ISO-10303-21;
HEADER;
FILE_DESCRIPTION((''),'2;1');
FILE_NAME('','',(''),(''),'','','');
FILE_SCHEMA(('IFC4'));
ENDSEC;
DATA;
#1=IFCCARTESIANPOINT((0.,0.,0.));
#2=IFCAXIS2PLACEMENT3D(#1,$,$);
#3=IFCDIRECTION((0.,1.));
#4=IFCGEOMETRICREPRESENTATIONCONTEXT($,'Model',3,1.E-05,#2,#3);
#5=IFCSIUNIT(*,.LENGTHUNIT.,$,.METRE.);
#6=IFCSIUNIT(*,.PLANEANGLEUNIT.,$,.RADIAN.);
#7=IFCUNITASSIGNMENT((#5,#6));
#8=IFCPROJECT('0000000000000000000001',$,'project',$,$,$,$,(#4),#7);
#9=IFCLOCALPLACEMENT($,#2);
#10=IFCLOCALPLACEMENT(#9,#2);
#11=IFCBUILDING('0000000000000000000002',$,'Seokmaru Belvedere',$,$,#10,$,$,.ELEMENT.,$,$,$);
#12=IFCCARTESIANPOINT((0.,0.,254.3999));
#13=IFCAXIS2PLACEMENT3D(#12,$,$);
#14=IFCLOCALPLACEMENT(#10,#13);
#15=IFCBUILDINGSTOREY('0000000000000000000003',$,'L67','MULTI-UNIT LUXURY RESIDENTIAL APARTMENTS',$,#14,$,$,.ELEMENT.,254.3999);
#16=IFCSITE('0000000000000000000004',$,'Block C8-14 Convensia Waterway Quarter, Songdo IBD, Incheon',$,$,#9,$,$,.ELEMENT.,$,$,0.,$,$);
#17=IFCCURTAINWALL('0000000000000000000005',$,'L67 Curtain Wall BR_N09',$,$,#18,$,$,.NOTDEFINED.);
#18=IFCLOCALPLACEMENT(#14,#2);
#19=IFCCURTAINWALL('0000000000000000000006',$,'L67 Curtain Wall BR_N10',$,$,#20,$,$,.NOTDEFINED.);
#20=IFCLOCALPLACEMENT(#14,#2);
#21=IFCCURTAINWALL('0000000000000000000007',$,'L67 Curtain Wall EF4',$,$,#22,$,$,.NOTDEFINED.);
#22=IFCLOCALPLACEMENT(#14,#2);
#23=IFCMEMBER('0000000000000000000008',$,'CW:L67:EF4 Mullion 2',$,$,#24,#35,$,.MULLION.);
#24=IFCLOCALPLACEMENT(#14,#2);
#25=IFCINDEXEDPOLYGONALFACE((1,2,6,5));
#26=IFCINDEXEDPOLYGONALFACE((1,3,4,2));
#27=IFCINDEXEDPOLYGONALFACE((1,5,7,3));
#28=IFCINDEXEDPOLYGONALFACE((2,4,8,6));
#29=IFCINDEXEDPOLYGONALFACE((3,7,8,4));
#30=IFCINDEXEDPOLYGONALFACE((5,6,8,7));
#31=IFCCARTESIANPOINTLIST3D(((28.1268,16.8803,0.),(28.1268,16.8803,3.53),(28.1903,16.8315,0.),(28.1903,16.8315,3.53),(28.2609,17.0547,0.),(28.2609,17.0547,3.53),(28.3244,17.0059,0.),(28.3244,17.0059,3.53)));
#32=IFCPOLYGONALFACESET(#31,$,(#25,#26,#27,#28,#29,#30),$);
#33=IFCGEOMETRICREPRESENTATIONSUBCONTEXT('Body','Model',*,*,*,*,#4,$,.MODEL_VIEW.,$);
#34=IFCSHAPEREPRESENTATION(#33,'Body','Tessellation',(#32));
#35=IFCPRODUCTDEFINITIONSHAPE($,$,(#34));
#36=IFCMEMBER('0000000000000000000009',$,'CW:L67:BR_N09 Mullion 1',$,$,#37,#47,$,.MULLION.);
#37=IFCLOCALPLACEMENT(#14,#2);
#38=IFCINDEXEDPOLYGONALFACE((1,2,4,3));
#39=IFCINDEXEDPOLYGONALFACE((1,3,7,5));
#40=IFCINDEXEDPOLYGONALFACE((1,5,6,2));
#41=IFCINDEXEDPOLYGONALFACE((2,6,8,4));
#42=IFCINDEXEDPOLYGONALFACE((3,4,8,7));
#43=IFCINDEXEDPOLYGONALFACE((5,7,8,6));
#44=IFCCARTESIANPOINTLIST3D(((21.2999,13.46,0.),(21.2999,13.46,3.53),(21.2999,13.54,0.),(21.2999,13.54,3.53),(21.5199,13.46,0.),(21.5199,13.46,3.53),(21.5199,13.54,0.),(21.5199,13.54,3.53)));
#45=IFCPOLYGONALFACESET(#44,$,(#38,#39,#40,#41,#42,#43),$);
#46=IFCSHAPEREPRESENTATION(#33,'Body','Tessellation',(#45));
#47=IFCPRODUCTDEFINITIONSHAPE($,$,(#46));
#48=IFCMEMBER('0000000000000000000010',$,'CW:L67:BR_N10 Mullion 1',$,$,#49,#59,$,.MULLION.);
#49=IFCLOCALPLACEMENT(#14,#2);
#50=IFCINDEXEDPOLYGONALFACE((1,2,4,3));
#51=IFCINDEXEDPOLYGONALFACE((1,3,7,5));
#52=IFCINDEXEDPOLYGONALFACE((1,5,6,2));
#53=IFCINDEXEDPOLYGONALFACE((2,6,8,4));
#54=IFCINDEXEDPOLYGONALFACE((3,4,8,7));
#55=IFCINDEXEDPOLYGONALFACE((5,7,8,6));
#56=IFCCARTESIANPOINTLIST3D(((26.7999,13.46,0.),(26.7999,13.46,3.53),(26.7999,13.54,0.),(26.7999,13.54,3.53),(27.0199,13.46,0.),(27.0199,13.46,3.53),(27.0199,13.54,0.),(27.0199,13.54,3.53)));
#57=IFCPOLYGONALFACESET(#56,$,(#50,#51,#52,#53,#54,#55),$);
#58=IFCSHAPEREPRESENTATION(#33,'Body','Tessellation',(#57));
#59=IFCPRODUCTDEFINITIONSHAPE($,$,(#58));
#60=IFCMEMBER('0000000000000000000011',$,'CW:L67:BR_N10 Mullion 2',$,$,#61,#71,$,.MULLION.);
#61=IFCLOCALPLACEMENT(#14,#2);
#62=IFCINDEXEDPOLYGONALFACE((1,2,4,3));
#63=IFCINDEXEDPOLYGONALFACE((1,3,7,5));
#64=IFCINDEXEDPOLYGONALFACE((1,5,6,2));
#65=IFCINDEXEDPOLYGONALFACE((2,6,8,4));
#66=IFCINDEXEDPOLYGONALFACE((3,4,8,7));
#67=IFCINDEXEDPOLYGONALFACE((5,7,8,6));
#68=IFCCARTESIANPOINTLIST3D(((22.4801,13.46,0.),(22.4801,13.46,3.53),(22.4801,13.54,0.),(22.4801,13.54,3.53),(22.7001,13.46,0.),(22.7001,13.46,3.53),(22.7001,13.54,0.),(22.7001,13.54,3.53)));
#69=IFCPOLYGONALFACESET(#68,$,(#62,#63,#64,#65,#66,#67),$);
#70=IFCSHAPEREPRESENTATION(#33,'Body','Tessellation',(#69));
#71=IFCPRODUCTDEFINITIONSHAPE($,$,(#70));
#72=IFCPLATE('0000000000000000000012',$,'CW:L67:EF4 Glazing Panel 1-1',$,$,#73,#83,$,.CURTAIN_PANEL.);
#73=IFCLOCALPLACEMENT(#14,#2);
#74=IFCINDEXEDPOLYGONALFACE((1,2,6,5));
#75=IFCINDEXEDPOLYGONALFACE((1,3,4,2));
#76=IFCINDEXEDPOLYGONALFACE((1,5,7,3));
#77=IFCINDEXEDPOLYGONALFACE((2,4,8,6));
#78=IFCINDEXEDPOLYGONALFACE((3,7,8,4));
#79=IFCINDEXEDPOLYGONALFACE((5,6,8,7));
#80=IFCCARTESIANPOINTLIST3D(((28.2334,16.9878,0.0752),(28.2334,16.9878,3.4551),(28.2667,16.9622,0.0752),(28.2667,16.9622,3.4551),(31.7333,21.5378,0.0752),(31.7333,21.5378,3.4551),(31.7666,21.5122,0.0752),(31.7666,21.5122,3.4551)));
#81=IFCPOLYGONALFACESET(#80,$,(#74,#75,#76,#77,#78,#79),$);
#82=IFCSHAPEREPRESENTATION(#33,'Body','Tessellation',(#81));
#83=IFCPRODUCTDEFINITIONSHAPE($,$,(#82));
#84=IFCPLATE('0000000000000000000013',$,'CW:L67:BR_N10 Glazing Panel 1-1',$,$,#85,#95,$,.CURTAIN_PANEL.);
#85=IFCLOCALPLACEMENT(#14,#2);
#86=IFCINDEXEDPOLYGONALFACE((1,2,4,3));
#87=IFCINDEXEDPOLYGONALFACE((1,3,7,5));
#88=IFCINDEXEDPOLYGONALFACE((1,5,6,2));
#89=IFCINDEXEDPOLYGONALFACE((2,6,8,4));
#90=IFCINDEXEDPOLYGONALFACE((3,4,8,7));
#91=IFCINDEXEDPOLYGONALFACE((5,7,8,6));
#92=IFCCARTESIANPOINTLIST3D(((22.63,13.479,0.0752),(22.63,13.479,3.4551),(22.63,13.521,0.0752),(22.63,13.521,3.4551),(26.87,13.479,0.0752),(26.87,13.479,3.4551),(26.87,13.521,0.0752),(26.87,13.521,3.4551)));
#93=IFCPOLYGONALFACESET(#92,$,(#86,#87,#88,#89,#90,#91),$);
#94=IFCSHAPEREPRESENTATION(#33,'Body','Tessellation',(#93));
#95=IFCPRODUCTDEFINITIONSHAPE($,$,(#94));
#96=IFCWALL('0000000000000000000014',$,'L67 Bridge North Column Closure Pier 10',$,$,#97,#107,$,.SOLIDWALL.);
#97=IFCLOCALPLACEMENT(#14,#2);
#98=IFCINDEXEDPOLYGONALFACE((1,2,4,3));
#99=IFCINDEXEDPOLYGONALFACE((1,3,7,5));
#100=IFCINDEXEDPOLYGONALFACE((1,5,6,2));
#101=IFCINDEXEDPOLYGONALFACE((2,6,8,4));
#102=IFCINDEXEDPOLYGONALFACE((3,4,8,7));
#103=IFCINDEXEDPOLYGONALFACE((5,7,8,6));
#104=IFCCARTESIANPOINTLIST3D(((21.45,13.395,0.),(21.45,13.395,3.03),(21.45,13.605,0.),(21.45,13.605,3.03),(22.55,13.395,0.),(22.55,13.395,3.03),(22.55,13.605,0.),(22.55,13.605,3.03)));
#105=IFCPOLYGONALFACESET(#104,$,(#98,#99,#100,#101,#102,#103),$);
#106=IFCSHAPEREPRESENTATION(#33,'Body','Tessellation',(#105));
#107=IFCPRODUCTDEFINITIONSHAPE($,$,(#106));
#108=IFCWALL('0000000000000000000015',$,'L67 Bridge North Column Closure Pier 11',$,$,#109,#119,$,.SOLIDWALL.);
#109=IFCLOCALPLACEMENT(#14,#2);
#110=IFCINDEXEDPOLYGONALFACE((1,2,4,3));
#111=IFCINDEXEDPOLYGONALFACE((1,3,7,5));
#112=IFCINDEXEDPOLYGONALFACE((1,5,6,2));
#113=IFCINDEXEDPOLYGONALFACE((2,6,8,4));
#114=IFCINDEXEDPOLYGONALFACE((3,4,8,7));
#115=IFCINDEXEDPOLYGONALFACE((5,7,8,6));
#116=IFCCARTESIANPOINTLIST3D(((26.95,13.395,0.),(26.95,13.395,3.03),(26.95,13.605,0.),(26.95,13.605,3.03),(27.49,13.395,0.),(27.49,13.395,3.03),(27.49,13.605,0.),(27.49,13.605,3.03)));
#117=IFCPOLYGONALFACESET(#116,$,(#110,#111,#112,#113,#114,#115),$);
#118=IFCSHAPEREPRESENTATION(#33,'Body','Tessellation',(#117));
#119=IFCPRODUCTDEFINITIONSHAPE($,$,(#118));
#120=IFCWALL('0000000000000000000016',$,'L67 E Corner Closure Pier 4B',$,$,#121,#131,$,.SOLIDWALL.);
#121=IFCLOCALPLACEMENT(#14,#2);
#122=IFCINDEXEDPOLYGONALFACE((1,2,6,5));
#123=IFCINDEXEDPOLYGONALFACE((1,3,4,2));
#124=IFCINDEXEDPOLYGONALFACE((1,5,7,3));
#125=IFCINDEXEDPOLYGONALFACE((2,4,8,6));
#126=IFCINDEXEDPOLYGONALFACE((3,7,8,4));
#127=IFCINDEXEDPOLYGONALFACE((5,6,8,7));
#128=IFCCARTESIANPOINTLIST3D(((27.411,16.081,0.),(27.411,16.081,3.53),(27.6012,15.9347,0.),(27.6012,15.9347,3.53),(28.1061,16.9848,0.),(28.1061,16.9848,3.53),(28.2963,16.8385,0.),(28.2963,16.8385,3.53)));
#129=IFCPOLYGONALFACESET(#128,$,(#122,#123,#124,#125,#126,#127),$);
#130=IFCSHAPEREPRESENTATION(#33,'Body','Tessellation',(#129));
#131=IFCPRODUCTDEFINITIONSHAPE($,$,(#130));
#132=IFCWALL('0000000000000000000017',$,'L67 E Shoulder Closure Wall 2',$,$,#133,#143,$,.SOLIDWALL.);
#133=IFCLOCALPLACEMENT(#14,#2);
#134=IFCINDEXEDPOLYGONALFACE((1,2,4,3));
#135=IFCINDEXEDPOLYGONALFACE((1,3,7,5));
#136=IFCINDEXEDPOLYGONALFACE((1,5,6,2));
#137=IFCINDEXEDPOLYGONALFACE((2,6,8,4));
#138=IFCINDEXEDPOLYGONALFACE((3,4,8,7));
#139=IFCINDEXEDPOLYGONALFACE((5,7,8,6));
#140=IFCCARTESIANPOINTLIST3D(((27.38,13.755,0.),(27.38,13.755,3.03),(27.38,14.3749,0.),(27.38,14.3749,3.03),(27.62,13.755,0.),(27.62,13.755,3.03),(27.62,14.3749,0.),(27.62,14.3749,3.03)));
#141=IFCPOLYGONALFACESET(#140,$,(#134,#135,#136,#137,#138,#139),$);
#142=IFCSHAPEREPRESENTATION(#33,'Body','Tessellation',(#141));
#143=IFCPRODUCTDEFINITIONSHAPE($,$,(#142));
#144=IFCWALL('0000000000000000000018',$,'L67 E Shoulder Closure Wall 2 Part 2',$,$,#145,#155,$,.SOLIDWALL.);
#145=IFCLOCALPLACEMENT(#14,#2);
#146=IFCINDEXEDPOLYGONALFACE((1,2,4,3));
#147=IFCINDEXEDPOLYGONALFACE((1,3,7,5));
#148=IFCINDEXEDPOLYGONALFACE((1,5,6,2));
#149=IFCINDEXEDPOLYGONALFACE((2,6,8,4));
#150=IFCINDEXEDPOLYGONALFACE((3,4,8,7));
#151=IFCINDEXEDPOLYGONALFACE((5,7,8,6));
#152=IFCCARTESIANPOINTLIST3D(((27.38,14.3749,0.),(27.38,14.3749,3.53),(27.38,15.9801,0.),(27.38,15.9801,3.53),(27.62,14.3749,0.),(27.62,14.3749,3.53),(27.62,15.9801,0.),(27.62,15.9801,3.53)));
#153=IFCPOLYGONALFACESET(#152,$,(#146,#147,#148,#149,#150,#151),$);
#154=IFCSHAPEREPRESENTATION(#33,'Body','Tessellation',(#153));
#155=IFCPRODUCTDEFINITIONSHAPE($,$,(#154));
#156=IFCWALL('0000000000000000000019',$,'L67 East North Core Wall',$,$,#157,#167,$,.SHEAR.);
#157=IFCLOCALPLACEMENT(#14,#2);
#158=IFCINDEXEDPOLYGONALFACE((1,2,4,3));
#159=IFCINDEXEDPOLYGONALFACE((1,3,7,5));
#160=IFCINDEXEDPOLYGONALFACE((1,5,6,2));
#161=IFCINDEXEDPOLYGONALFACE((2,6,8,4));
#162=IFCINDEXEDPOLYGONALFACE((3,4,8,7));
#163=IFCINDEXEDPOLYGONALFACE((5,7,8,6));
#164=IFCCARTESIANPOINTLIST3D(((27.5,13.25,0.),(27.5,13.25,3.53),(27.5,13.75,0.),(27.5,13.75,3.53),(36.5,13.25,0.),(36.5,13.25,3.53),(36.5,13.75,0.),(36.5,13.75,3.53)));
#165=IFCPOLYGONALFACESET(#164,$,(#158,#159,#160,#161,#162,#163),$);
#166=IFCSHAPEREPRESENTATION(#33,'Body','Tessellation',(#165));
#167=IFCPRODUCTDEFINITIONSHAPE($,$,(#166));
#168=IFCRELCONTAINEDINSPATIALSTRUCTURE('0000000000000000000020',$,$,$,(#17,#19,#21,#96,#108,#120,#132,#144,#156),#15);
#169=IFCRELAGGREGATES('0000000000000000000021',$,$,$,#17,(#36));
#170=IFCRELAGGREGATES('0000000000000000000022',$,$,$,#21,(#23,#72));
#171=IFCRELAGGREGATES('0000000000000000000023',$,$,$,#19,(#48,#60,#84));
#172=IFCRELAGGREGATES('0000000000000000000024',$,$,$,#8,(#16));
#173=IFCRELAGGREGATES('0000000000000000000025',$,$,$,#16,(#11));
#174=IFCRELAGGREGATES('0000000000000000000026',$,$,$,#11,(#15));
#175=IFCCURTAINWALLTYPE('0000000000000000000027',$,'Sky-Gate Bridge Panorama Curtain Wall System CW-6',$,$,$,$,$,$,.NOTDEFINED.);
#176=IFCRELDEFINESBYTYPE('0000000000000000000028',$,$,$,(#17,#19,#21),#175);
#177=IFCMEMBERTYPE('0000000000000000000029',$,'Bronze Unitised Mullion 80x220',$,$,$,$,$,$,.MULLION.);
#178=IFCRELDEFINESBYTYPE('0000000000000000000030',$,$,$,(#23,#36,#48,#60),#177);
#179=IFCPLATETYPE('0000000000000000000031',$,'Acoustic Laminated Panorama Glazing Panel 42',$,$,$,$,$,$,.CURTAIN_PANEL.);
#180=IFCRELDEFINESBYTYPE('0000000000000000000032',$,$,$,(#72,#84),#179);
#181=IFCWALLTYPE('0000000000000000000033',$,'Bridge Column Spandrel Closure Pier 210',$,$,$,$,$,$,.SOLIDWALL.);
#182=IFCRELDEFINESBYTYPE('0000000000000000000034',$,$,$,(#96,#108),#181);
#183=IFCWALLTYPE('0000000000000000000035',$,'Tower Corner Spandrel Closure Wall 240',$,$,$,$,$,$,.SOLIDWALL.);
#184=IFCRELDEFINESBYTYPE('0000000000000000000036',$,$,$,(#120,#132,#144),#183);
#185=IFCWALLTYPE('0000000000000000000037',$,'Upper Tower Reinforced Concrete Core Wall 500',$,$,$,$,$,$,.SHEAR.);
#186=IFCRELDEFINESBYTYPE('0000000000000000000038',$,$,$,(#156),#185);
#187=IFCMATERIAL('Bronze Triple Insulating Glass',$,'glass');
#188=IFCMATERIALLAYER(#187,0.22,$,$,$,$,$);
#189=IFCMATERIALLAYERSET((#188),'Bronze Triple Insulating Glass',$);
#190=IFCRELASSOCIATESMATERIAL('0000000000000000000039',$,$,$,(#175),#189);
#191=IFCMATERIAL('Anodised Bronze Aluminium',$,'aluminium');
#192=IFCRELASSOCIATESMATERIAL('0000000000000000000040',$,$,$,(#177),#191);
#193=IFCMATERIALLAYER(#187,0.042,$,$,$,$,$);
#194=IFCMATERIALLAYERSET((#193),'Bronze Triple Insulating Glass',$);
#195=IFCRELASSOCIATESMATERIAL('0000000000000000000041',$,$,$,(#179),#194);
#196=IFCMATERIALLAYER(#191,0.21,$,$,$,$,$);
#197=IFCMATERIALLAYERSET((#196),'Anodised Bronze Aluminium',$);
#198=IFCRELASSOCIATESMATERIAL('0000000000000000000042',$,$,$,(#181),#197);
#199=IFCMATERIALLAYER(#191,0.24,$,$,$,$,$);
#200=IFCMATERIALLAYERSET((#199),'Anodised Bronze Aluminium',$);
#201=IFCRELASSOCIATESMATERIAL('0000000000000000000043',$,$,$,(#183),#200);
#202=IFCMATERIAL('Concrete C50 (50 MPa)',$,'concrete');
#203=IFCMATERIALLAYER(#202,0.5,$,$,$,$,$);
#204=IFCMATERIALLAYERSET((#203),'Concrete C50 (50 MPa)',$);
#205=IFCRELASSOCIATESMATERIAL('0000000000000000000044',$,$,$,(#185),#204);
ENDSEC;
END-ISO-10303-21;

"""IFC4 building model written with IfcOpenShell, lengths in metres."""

from ifc_helpers import new_model, si_unit, direction, frame, frame_2d, origin, origin_2d, place, context, subcontext, project, spatial, rectangle, extrude, source, transform, mapped, material, layer, layer_set, material_profile, profile_set, type_object, type_shapes, element, aggregate, save


model = new_model("IFC4")

# Units and contexts
model_context = context("Model", 3, precision=1e-05, world=origin(), true_north=direction((0.0, 1.0)))
body_context = subcontext(model_context, "Body", "Model", "MODEL_VIEW")
ifc_project = project(units=[si_unit("LENGTHUNIT", "METRE"), si_unit("PLANEANGLEUNIT", "RADIAN")], contexts=[model_context])

# Site, building, storey
site_placement = place(None, origin())
site = spatial("IfcSite", under=ifc_project, at=site_placement, Name="Block C8-14 Convensia Waterway Quarter, Songdo IBD, Incheon", CompositionType="ELEMENT", RefElevation=0.0)
building_placement = place(site_placement, origin())
building = spatial("IfcBuilding", under=site, at=building_placement, Name="Seokmaru Belvedere", CompositionType="ELEMENT")
storey_placement = place(building_placement, frame((0.0, 0.0, 254.3999)))
storey = spatial("IfcBuildingStorey", under=building, at=storey_placement, Name="L67", Description="MULTI-UNIT LUXURY RESIDENTIAL APARTMENTS", CompositionType="ELEMENT", Elevation=254.3999)

# Curtain wall
ifc_material_1 = material(Name="Bronze Triple Insulating Glass", Category="glass")
ifc_layer_1 = layer(ifc_material_1, 0.22)
ifc_layer_set_1 = layer_set([ifc_layer_1], Name="Bronze Triple Insulating Glass")
curtain_wall_type = type_object("IfcCurtainWallType", Name="Sky-Gate Bridge Panorama Curtain Wall System CW-6", PredefinedType="NOTDEFINED", material=ifc_layer_set_1)
curtain_wall_1_placement = place(storey_placement, origin())
curtain_wall_1 = element("IfcCurtainWall", 1, at=curtain_wall_1_placement, inside=storey, type_object=curtain_wall_type, Name="L67 Curtain Wall BR_N09", PredefinedType="NOTDEFINED")
ifc_material_2 = material(Name="Anodised Bronze Aluminium", Category="aluminium")

# Curtain wall
curtain_wall_2_placement = place(storey_placement, origin())
curtain_wall_2 = element("IfcCurtainWall", 2, at=curtain_wall_2_placement, inside=storey, type_object=curtain_wall_type, Name="L67 Curtain Wall BR_N10", PredefinedType="NOTDEFINED")

# Curtain wall, member
curtain_wall_3_placement = place(storey_placement, origin())
curtain_wall_3 = element("IfcCurtainWall", 3, at=curtain_wall_3_placement, inside=storey, type_object=curtain_wall_type, Name="L67 Curtain Wall EF4", PredefinedType="NOTDEFINED")
ifc_material_profile_1 = material_profile(ifc_material_2, rectangle(XDim=0.0801, YDim=0.22, at=origin_2d()), Name="CW-M-80x220")
ifc_profile_set_1 = profile_set([ifc_material_profile_1], Name="Anodised Bronze Aluminium")
member_type_1 = type_object("IfcMemberType", Name="Bronze Unitised Mullion 80x220", PredefinedType="MULLION", material=ifc_profile_set_1)
shared_shape_1 = source(origin(), body_context, "Body", "SweptSolid", [
    extrude(rectangle(XDim=0.0801, YDim=0.22, at=origin_2d()), origin(), (0.0, 0.0, 1.0), 3.53),
])
type_shapes(member_type_1, [shared_shape_1])
member_1_placement = place(storey_placement, frame((28.2256, 16.9431, 0.0), z_axis=(0.0, 0.0, 1.0), x_axis=(0.792631, -0.609701, 0.0)))
member_1 = element("IfcMember", 4, at=member_1_placement, type_object=member_type_1, Name="CW:L67:EF4 Mullion 2", PredefinedType="MULLION", context=body_context, shape_type="MappedRepresentation", body=[
    mapped(shared_shape_1, transform((0.0, 0.0, 0.0), scale=1.0)),
])

# Members
member_2_placement = place(storey_placement, frame((21.4099, 13.5, 0.0), z_axis=(0.0, 0.0, 1.0), x_axis=(0.0, -1.0, 0.0)))
member_2 = element("IfcMember", 5, at=member_2_placement, type_object=member_type_1, Name="CW:L67:BR_N09 Mullion 1", PredefinedType="MULLION", context=body_context, shape_type="MappedRepresentation", body=[
    mapped(shared_shape_1, transform((0.0, 0.0, 0.0), scale=1.0)),
])
aggregate(curtain_wall_1, [member_2])
member_3_placement = place(storey_placement, frame((26.9099, 13.5, 0.0), z_axis=(0.0, 0.0, 1.0), x_axis=(0.0, -1.0, 0.0)))
member_3 = element("IfcMember", 6, at=member_3_placement, type_object=member_type_1, Name="CW:L67:BR_N10 Mullion 1", PredefinedType="MULLION", context=body_context, shape_type="MappedRepresentation", body=[
    mapped(shared_shape_1, transform((0.0, 0.0, 0.0), scale=1.0)),
])
member_4_placement = place(storey_placement, frame((22.5901, 13.5, 0.0), z_axis=(0.0, 0.0, 1.0), x_axis=(0.0, -1.0, 0.0)))
member_4 = element("IfcMember", 7, at=member_4_placement, type_object=member_type_1, Name="CW:L67:BR_N10 Mullion 2", PredefinedType="MULLION", context=body_context, shape_type="MappedRepresentation", body=[
    mapped(shared_shape_1, transform((0.0, 0.0, 0.0), scale=1.0)),
])

# Plates
ifc_layer_2 = layer(ifc_material_1, 0.042)
ifc_layer_set_2 = layer_set([ifc_layer_2], Name="Bronze Triple Insulating Glass")
plate_type = type_object("IfcPlateType", Name="Acoustic Laminated Panorama Glazing Panel 42", PredefinedType="CURTAIN_PANEL", material=ifc_layer_set_2)
shared_shape_2 = source(origin(), body_context, "Body", "SweptSolid", [
    extrude(rectangle(XDim=5.7405, YDim=0.042, at=origin_2d()), origin(), (0.0, 0.0, 1.0), 3.3799),
])
plate_1_placement = place(storey_placement, frame((30.0, 19.25, 0.0752), z_axis=(0.0, 0.0, 1.0), x_axis=(-0.609701, -0.792631, 0.0)))
plate_1 = element("IfcPlate", 8, at=plate_1_placement, type_object=plate_type, Name="CW:L67:EF4 Glazing Panel 1-1", PredefinedType="CURTAIN_PANEL", context=body_context, shape_type="MappedRepresentation", body=[
    mapped(shared_shape_2, transform((0.0, 0.0, 0.0), scale=1.0)),
])
aggregate(curtain_wall_3, [member_1, plate_1])
shared_shape_3 = source(origin(), body_context, "Body", "SweptSolid", [
    extrude(rectangle(XDim=4.24, YDim=0.042, at=origin_2d()), origin(), (0.0, 0.0, 1.0), 3.3799),
])
type_shapes(plate_type, [shared_shape_2, shared_shape_3])
plate_2_placement = place(storey_placement, frame((24.75, 13.5, 0.0752), z_axis=(0.0, 0.0, 1.0), x_axis=(-1.0, 0.0, 0.0)))
plate_2 = element("IfcPlate", 9, at=plate_2_placement, type_object=plate_type, Name="CW:L67:BR_N10 Glazing Panel 1-1", PredefinedType="CURTAIN_PANEL", context=body_context, shape_type="MappedRepresentation", body=[
    mapped(shared_shape_3, transform((0.0, 0.0, 0.0), scale=1.0)),
])
aggregate(curtain_wall_2, [member_3, member_4, plate_2])

# Walls
ifc_layer_3 = layer(ifc_material_2, 0.21)
ifc_layer_set_3 = layer_set([ifc_layer_3], Name="Anodised Bronze Aluminium")
wall_type_1 = type_object("IfcWallType", Name="Bridge Column Spandrel Closure Pier 210", PredefinedType="SOLIDWALL", material=ifc_layer_set_3)
wall_1_placement = place(storey_placement, frame((21.45, 13.5, 0.0), z_axis=(0.0, 0.0, 1.0), x_axis=(1.0, 0.0, 0.0)))
element("IfcWall", 10, at=wall_1_placement, inside=storey, type_object=wall_type_1, Name="L67 Bridge North Column Closure Pier 10", PredefinedType="SOLIDWALL", context=body_context, shape_type="SweptSolid", body=[
    extrude(rectangle(XDim=1.1001, YDim=0.21, at=frame_2d((0.55, 0.0))), origin(), (0.0, 0.0, 1.0), 3.03),
])
wall_2_placement = place(storey_placement, frame((26.95, 13.5, 0.0), z_axis=(0.0, 0.0, 1.0), x_axis=(1.0, 0.0, 0.0)))
element("IfcWall", 11, at=wall_2_placement, inside=storey, type_object=wall_type_1, Name="L67 Bridge North Column Closure Pier 11", PredefinedType="SOLIDWALL", context=body_context, shape_type="SweptSolid", body=[
    extrude(rectangle(XDim=0.54, YDim=0.21, at=frame_2d((0.27, 0.0))), origin(), (0.0, 0.0, 1.0), 3.03),
])
ifc_layer_4 = layer(ifc_material_2, 0.24)
ifc_layer_set_4 = layer_set([ifc_layer_4], Name="Anodised Bronze Aluminium")
wall_type_2 = type_object("IfcWallType", Name="Tower Corner Spandrel Closure Wall 240", PredefinedType="SOLIDWALL", material=ifc_layer_set_4)
wall_3_placement = place(storey_placement, frame((28.2012, 16.9116, 0.0), z_axis=(0.0, 0.0, 1.0), x_axis=(-0.609618, -0.792696, 0.0)))
element("IfcWall", 12, at=wall_3_placement, inside=storey, type_object=wall_type_2, Name="L67 E Corner Closure Pier 4B", PredefinedType="SOLIDWALL", context=body_context, shape_type="SweptSolid", body=[
    extrude(rectangle(XDim=1.1401, YDim=0.24, at=frame_2d((0.5701, 0.0))), origin(), (0.0, 0.0, 1.0), 3.53),
])
wall_4_placement = place(storey_placement, frame((27.5, 13.7549, 0.0), z_axis=(0.0, 0.0, 1.0), x_axis=(0.0, 1.0, 0.0)))
element("IfcWall", 13, at=wall_4_placement, inside=storey, type_object=wall_type_2, Name="L67 E Shoulder Closure Wall 2", PredefinedType="SOLIDWALL", context=body_context, shape_type="SweptSolid", body=[
    extrude(rectangle(XDim=0.6199, YDim=0.24, at=frame_2d((0.3101, 0.0))), origin(), (0.0, 0.0, 1.0), 3.03),
])
wall_5_placement = place(storey_placement, frame((27.5, 14.3748, 0.0), z_axis=(0.0, 0.0, 1.0), x_axis=(0.0, 1.0, 0.0)))
element("IfcWall", 14, at=wall_5_placement, inside=storey, type_object=wall_type_2, Name="L67 E Shoulder Closure Wall 2 Part 2", PredefinedType="SOLIDWALL", context=body_context, shape_type="SweptSolid", body=[
    extrude(rectangle(XDim=1.6052, YDim=0.24, at=frame_2d((0.8027, 0.0))), origin(), (0.0, 0.0, 1.0), 3.53),
])
ifc_material_3 = material(Name="Concrete C50 (50 MPa)", Category="concrete")
ifc_layer_5 = layer(ifc_material_3, 0.5)
ifc_layer_set_5 = layer_set([ifc_layer_5], Name="Concrete C50 (50 MPa)")
wall_type_3 = type_object("IfcWallType", Name="Upper Tower Reinforced Concrete Core Wall 500", PredefinedType="SHEAR", material=ifc_layer_set_5)
wall_6_placement = place(storey_placement, frame((27.5, 13.5, 0.0), z_axis=(0.0, 0.0, 1.0), x_axis=(1.0, 0.0, 0.0)))
element("IfcWall", 15, at=wall_6_placement, inside=storey, type_object=wall_type_3, Name="L67 East North Core Wall", PredefinedType="SHEAR", context=body_context, shape_type="SweptSolid", body=[
    extrude(rectangle(XDim=9.0, YDim=0.5, at=frame_2d((4.5, 0.0))), origin(), (0.0, 0.0, 1.0), 3.53),
])

save(model, "model.ifc")
